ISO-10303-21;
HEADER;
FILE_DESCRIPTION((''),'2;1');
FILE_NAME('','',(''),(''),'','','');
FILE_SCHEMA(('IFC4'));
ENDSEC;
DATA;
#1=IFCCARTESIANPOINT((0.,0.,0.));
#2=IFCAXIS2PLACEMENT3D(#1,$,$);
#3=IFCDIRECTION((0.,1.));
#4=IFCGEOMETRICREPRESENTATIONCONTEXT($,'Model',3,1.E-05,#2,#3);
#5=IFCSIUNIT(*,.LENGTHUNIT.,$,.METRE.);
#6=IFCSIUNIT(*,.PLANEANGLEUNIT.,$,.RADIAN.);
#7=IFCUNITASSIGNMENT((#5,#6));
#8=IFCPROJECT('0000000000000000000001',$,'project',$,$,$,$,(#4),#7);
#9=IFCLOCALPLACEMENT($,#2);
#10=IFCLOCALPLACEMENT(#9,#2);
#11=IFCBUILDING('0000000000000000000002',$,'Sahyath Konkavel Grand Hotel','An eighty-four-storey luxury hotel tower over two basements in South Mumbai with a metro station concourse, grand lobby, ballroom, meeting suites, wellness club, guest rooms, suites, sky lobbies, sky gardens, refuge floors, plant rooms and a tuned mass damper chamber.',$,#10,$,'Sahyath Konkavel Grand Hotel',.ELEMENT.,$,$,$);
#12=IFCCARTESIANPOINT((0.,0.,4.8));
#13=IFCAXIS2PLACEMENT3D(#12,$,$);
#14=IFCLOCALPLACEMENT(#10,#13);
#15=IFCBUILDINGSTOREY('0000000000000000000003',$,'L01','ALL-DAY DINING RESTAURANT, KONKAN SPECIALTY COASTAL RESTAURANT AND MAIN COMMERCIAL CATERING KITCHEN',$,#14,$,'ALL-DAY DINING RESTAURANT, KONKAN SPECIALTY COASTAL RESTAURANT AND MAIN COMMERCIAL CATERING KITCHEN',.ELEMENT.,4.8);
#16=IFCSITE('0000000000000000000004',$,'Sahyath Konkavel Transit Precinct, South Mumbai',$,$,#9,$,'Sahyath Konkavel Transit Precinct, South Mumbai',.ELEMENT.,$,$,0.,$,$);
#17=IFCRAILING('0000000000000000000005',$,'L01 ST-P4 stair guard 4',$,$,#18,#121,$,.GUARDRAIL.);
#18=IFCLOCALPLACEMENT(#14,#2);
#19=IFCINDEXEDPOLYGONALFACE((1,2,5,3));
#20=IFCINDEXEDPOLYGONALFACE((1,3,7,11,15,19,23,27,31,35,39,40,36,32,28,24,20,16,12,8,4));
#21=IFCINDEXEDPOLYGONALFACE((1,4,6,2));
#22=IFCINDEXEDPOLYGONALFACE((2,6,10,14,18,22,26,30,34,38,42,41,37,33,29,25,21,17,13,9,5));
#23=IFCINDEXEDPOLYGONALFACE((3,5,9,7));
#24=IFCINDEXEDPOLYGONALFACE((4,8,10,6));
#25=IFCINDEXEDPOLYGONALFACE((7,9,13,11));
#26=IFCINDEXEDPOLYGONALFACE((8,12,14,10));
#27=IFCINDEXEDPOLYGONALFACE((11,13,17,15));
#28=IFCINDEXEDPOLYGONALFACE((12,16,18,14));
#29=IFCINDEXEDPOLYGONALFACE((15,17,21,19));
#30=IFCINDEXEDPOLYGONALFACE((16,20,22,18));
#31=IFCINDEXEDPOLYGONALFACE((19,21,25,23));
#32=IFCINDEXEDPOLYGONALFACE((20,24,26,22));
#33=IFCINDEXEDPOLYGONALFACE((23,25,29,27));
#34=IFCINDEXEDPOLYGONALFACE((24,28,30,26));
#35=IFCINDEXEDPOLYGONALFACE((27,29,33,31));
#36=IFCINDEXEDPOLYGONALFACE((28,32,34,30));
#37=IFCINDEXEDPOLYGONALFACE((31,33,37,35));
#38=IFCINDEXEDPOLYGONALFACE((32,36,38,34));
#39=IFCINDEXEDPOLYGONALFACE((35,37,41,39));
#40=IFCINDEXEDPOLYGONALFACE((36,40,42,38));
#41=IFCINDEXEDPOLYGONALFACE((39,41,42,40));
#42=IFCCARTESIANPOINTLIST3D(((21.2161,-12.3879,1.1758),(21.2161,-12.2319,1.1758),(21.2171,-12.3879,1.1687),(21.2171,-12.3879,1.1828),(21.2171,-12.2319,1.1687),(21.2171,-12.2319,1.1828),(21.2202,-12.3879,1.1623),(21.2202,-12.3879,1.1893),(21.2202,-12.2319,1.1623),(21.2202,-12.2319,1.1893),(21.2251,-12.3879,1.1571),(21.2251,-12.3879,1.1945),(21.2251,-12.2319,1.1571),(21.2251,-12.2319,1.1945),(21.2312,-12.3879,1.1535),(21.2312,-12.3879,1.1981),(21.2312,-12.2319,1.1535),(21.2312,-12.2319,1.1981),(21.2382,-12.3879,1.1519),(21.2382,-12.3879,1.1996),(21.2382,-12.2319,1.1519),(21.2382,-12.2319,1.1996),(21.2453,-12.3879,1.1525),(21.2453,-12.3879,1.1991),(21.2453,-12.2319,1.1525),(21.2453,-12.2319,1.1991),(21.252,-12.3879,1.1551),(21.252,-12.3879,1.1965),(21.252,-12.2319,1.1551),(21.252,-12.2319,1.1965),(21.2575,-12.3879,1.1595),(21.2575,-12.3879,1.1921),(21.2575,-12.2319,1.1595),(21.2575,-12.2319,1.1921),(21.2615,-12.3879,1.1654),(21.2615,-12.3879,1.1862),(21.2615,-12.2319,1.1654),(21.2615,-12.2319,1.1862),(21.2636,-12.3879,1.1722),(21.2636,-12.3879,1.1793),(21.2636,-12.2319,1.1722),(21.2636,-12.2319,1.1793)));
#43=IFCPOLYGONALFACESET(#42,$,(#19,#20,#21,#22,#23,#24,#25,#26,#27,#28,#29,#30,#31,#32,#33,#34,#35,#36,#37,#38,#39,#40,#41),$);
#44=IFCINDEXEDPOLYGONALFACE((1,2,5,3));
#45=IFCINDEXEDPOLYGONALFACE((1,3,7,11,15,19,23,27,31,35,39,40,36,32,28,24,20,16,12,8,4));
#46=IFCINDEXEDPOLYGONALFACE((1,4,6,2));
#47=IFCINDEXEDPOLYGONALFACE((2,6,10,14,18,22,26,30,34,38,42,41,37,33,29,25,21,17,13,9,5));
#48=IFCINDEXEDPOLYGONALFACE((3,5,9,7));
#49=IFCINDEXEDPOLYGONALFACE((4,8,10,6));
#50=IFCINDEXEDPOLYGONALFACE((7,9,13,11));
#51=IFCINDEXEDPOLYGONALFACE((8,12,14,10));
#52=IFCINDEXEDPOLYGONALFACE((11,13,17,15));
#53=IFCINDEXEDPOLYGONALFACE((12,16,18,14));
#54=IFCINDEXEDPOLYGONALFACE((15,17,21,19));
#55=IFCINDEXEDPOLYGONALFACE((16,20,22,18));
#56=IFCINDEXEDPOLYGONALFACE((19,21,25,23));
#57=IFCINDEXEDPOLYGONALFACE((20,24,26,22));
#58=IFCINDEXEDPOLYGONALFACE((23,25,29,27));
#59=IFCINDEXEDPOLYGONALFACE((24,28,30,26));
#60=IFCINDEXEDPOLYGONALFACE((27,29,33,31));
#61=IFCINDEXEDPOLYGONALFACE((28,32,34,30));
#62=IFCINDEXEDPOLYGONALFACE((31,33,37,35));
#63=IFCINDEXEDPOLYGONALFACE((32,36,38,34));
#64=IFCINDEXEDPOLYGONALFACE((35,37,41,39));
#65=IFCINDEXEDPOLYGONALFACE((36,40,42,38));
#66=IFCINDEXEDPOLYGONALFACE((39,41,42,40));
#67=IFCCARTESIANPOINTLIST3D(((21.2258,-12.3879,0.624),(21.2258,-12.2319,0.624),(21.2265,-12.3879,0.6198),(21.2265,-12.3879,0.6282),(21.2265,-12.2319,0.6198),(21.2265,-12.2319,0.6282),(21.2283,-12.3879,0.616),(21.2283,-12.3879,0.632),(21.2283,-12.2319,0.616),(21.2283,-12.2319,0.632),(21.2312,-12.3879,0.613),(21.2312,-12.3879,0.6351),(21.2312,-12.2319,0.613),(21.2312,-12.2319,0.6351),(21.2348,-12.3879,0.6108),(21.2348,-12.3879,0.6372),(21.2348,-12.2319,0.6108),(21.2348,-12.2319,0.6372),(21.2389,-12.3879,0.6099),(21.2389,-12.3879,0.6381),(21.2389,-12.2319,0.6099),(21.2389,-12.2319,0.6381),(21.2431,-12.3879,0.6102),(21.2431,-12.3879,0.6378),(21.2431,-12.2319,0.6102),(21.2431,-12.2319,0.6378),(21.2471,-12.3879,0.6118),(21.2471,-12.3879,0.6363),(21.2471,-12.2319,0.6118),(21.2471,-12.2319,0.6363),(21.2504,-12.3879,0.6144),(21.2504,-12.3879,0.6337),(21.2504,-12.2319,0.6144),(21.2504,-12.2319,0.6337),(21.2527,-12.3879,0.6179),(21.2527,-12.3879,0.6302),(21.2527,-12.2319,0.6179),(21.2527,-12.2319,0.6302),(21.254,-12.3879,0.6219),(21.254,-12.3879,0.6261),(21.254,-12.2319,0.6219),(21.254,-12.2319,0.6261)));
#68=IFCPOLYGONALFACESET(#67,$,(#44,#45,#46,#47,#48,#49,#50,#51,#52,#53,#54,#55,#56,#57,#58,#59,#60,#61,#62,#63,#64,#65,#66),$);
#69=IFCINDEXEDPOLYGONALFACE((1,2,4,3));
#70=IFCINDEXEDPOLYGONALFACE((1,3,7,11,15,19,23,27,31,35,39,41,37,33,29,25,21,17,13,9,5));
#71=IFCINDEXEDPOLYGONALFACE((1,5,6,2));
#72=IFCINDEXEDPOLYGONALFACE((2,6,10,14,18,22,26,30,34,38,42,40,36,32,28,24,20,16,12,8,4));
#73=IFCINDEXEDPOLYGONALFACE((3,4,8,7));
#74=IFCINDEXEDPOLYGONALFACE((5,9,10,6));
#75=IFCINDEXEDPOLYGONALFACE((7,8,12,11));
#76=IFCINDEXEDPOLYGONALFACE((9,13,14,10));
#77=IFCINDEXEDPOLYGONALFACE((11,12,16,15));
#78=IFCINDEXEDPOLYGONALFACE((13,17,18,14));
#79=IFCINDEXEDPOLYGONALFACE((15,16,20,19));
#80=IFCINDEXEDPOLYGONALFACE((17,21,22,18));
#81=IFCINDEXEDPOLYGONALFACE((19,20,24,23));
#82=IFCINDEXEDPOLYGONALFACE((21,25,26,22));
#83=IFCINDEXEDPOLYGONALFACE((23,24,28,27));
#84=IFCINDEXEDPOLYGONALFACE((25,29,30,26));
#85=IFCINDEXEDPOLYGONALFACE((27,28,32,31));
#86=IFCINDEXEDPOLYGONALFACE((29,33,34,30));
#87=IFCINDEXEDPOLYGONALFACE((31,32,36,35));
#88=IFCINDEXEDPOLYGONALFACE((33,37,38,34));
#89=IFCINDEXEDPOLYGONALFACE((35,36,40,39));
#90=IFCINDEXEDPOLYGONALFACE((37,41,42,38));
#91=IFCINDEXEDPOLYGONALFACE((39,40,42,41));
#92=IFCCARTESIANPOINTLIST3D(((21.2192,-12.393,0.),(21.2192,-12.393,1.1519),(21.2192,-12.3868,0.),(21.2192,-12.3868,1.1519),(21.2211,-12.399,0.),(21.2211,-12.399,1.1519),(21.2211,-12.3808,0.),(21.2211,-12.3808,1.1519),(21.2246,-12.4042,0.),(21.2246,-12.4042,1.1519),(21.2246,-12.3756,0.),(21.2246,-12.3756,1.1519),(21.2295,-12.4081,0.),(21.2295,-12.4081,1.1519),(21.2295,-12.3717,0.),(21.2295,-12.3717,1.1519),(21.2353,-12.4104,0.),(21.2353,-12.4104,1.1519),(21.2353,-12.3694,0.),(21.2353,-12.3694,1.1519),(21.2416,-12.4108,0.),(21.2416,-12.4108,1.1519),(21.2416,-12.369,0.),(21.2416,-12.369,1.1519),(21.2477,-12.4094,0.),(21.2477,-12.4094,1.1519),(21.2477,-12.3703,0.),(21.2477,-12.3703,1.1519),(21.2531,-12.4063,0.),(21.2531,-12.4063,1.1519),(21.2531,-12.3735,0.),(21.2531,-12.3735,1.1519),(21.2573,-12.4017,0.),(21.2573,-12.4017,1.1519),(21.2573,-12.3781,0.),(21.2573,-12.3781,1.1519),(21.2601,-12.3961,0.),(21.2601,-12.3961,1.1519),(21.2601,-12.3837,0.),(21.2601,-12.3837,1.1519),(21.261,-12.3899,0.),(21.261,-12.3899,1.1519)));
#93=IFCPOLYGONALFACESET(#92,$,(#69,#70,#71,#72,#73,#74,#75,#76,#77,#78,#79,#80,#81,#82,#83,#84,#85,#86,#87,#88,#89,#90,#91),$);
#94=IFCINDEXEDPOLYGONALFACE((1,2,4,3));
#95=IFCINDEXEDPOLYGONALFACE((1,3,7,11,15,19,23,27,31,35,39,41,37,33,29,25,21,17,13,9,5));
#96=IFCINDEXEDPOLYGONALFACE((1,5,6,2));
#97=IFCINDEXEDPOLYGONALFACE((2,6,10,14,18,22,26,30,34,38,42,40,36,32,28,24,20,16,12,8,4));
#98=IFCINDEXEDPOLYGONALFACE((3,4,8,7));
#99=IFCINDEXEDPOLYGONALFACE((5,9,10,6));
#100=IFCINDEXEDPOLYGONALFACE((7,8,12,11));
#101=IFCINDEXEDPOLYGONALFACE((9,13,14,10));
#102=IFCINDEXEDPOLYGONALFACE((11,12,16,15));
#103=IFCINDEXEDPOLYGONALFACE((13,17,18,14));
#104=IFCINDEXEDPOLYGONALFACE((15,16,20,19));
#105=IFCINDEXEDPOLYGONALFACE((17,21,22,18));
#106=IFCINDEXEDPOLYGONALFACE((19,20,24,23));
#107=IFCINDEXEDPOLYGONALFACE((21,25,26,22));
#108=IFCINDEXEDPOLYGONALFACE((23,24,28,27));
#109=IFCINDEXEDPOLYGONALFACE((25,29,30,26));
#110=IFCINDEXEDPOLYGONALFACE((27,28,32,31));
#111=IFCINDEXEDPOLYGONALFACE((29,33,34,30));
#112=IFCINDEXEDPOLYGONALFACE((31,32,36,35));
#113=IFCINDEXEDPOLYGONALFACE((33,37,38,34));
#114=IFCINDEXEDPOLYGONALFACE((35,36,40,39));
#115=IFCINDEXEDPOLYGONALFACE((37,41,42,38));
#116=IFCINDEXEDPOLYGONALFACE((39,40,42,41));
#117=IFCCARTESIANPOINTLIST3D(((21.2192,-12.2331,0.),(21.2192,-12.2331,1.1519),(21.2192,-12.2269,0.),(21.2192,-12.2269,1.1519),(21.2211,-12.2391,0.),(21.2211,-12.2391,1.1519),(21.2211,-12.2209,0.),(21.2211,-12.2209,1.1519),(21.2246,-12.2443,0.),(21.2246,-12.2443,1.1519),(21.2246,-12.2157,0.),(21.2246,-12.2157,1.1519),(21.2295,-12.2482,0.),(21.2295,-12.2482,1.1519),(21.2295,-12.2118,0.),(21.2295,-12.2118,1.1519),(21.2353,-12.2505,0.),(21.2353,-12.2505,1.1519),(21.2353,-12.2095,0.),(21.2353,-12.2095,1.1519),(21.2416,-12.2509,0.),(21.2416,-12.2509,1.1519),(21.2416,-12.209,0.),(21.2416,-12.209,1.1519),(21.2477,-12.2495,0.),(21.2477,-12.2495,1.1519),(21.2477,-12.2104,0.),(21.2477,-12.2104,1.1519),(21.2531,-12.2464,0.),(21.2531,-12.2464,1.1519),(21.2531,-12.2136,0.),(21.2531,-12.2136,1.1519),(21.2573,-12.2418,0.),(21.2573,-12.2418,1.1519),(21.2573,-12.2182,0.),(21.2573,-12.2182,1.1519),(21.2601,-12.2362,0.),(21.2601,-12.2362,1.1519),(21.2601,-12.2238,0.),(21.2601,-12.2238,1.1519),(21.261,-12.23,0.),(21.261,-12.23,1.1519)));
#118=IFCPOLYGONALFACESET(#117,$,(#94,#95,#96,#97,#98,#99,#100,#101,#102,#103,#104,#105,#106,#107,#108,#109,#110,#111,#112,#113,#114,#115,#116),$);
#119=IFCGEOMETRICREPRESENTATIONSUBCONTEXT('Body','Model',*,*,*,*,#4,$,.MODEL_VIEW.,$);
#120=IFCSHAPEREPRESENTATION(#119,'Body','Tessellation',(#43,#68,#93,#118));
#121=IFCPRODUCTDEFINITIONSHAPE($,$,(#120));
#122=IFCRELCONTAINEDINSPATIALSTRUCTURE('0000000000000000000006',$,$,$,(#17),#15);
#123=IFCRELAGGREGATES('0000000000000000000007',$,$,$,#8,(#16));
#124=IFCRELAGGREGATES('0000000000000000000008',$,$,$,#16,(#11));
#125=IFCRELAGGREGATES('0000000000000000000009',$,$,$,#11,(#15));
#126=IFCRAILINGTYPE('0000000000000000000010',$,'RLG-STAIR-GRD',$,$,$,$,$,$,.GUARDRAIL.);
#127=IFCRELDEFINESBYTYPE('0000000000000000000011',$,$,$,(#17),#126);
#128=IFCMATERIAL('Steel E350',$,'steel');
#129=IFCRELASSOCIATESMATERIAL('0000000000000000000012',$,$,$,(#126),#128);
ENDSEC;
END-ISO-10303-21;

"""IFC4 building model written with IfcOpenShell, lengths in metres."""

from ifc_helpers import new_model, si_unit, direction, frame, origin, origin_2d, place, context, subcontext, project, spatial, circle, extrude, material, type_object, element, save


model = new_model("IFC4")

# Units and contexts
model_context = context("Model", 3, precision=1e-05, world=origin(), true_north=direction((0.0, 1.0)))
body_context = subcontext(model_context, "Body", "Model", "MODEL_VIEW")
ifc_project = project(units=[si_unit("LENGTHUNIT", "METRE"), si_unit("PLANEANGLEUNIT", "RADIAN")], contexts=[model_context])

# Site, building, storey
site_placement = place(None, origin())
site = spatial("IfcSite", under=ifc_project, at=site_placement, Name="Sahyath Konkavel Transit Precinct, South Mumbai", LongName="Sahyath Konkavel Transit Precinct, South Mumbai", CompositionType="ELEMENT", RefElevation=0.0)
building_placement = place(site_placement, origin())
building = spatial("IfcBuilding", under=site, at=building_placement, Name="Sahyath Konkavel Grand Hotel", Description="An eighty-four-storey luxury hotel tower over two basements in South Mumbai with a metro station concourse, grand lobby, ballroom, meeting suites, wellness club, guest rooms, suites, sky lobbies, sky gardens, refuge floors, plant rooms and a tuned mass damper chamber.", LongName="Sahyath Konkavel Grand Hotel", CompositionType="ELEMENT")
storey_placement = place(building_placement, frame((0.0, 0.0, 4.8)))
storey = spatial("IfcBuildingStorey", under=building, at=storey_placement, Name="L01", Description="ALL-DAY DINING RESTAURANT, KONKAN SPECIALTY COASTAL RESTAURANT AND MAIN COMMERCIAL CATERING KITCHEN", LongName="ALL-DAY DINING RESTAURANT, KONKAN SPECIALTY COASTAL RESTAURANT AND MAIN COMMERCIAL CATERING KITCHEN", CompositionType="ELEMENT", Elevation=4.8)

# Shared definitions
ifc_material_1 = material(Name="Steel E350", Category="steel")

# Railing
railing_type_1 = type_object("IfcRailingType", Name="RLG-STAIR-GRD", PredefinedType="GUARDRAIL", material=ifc_material_1)
railing_1_placement = place(storey_placement, frame((21.24, -12.3899, 0.0)))
element("IfcRailing", 1, at=railing_1_placement, inside=storey, type_object=railing_type_1, Name="L01 ST-P4 stair guard 4", PredefinedType="GUARDRAIL", context=body_context, shape_type="SweptSolid", body=[
    extrude(circle(Radius=0.0239, at=origin_2d()), frame((0.0, 0.002, 1.1758), z_axis=(0.0, 1.0, 0.0), x_axis=(-1.0, 0.0, 0.0)), (0.0, 0.0, 1.0), 0.156),
    extrude(circle(Radius=0.0142, at=origin_2d()), frame((0.0, 0.002, 0.624), z_axis=(0.0, 1.0, 0.0), x_axis=(-1.0, 0.0, 0.0)), (0.0, 0.0, 1.0), 0.156),
    extrude(circle(Radius=0.021, at=origin_2d()), origin(), (0.0, 0.0, 1.0), 1.1519),
    extrude(circle(Radius=0.021, at=origin_2d()), frame((0.0, 0.1599, 0.0)), (0.0, 0.0, 1.0), 1.1519),
])

save(model, "model.ifc")
